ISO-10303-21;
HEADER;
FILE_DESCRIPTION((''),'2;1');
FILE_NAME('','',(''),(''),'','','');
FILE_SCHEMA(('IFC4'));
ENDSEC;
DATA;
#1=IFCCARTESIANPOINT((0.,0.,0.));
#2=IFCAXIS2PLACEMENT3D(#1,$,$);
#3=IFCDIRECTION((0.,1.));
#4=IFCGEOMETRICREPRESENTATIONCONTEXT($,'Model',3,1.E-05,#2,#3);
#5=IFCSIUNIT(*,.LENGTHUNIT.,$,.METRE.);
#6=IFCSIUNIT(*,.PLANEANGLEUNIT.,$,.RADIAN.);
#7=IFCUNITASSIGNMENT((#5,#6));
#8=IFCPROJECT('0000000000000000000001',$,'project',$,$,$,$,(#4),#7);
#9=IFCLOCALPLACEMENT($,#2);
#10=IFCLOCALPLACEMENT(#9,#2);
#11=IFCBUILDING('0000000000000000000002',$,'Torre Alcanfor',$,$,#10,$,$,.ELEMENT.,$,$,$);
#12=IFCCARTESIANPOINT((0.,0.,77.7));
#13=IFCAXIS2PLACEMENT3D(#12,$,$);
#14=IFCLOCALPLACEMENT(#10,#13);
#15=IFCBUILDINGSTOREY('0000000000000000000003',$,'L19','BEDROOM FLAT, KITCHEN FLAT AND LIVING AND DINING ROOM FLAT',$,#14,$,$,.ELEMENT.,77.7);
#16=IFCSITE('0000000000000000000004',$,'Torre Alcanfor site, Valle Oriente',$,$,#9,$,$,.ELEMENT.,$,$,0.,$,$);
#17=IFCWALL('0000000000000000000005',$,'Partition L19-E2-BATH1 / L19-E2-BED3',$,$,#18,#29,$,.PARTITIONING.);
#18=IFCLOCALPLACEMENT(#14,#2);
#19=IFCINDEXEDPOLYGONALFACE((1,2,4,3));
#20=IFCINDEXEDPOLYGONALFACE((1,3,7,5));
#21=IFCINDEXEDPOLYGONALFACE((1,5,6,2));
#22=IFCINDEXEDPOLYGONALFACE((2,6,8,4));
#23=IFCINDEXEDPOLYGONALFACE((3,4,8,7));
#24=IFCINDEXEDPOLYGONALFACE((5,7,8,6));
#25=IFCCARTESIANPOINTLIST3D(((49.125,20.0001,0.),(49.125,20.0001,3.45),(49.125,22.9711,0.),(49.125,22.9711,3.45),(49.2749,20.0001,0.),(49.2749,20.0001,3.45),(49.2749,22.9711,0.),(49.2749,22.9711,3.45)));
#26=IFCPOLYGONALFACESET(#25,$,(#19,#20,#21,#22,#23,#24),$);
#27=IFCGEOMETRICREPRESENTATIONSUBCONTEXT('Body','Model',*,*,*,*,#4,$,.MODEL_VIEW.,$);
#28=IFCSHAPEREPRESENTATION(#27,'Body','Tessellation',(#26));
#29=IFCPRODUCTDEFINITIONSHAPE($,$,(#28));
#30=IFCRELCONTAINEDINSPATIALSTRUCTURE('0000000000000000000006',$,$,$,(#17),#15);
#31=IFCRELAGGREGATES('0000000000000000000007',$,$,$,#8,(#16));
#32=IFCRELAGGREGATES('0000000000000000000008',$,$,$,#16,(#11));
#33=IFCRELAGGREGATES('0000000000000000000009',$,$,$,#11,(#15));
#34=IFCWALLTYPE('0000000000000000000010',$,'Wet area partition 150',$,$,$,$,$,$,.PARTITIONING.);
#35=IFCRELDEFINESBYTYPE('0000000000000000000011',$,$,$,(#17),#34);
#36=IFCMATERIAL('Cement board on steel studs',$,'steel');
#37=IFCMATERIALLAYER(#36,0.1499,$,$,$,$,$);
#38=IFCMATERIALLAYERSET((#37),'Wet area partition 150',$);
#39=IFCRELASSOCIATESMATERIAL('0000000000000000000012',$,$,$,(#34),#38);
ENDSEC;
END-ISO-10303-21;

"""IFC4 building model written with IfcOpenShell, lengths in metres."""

from ifc_helpers import new_model, si_unit, direction, frame, frame_2d, origin, place, context, subcontext, project, spatial, rectangle, extrude, material, layer, layer_set, type_object, element, save


model = new_model("IFC4")

# Units and contexts
model_context = context("Model", 3, precision=1e-05, world=origin(), true_north=direction((0.0, 1.0)))
body_context = subcontext(model_context, "Body", "Model", "MODEL_VIEW")
ifc_project = project(units=[si_unit("LENGTHUNIT", "METRE"), si_unit("PLANEANGLEUNIT", "RADIAN")], contexts=[model_context])

# Site, building, storey
site_placement = place(None, origin())
site = spatial("IfcSite", under=ifc_project, at=site_placement, Name="Torre Alcanfor site, Valle Oriente", CompositionType="ELEMENT", RefElevation=0.0)
building_placement = place(site_placement, origin())
building = spatial("IfcBuilding", under=site, at=building_placement, Name="Torre Alcanfor", CompositionType="ELEMENT")
storey_placement = place(building_placement, frame((0.0, 0.0, 77.7)))
storey = spatial("IfcBuildingStorey", under=building, at=storey_placement, Name="L19", Description="BEDROOM FLAT, KITCHEN FLAT AND LIVING AND DINING ROOM FLAT", CompositionType="ELEMENT", Elevation=77.7)

# Shared definitions
ifc_material_1 = material(Name="Cement board on steel studs", Category="steel")
ifc_layer_1 = layer(ifc_material_1, 0.1499)
ifc_layer_set_1 = layer_set([ifc_layer_1], Name="Wet area partition 150")
wall_type_1 = type_object("IfcWallType", Name="Wet area partition 150", PredefinedType="PARTITIONING", material=ifc_layer_set_1)

# Wall
for number, where, z_axis, x_axis, name in (
    (1, (49.2, 22.9709, 0.0), (0.0, 0.0, 1.0), (0.0, -1.0, 0.0), "Partition L19-E2-BATH1 / L19-E2-BED3"),
):
    element("IfcWall", number, at=place(storey_placement, frame(where, z_axis=z_axis, x_axis=x_axis)), inside=storey, type_object=wall_type_1, Name=name, PredefinedType="PARTITIONING", context=body_context, shape_type="SweptSolid", body=[
        extrude(rectangle(XDim=2.9709, YDim=0.1499, at=frame_2d((1.4854, 0.0))), origin(), (0.0, 0.0, 1.0), 3.45),
    ])

save(model, "model.ifc")
